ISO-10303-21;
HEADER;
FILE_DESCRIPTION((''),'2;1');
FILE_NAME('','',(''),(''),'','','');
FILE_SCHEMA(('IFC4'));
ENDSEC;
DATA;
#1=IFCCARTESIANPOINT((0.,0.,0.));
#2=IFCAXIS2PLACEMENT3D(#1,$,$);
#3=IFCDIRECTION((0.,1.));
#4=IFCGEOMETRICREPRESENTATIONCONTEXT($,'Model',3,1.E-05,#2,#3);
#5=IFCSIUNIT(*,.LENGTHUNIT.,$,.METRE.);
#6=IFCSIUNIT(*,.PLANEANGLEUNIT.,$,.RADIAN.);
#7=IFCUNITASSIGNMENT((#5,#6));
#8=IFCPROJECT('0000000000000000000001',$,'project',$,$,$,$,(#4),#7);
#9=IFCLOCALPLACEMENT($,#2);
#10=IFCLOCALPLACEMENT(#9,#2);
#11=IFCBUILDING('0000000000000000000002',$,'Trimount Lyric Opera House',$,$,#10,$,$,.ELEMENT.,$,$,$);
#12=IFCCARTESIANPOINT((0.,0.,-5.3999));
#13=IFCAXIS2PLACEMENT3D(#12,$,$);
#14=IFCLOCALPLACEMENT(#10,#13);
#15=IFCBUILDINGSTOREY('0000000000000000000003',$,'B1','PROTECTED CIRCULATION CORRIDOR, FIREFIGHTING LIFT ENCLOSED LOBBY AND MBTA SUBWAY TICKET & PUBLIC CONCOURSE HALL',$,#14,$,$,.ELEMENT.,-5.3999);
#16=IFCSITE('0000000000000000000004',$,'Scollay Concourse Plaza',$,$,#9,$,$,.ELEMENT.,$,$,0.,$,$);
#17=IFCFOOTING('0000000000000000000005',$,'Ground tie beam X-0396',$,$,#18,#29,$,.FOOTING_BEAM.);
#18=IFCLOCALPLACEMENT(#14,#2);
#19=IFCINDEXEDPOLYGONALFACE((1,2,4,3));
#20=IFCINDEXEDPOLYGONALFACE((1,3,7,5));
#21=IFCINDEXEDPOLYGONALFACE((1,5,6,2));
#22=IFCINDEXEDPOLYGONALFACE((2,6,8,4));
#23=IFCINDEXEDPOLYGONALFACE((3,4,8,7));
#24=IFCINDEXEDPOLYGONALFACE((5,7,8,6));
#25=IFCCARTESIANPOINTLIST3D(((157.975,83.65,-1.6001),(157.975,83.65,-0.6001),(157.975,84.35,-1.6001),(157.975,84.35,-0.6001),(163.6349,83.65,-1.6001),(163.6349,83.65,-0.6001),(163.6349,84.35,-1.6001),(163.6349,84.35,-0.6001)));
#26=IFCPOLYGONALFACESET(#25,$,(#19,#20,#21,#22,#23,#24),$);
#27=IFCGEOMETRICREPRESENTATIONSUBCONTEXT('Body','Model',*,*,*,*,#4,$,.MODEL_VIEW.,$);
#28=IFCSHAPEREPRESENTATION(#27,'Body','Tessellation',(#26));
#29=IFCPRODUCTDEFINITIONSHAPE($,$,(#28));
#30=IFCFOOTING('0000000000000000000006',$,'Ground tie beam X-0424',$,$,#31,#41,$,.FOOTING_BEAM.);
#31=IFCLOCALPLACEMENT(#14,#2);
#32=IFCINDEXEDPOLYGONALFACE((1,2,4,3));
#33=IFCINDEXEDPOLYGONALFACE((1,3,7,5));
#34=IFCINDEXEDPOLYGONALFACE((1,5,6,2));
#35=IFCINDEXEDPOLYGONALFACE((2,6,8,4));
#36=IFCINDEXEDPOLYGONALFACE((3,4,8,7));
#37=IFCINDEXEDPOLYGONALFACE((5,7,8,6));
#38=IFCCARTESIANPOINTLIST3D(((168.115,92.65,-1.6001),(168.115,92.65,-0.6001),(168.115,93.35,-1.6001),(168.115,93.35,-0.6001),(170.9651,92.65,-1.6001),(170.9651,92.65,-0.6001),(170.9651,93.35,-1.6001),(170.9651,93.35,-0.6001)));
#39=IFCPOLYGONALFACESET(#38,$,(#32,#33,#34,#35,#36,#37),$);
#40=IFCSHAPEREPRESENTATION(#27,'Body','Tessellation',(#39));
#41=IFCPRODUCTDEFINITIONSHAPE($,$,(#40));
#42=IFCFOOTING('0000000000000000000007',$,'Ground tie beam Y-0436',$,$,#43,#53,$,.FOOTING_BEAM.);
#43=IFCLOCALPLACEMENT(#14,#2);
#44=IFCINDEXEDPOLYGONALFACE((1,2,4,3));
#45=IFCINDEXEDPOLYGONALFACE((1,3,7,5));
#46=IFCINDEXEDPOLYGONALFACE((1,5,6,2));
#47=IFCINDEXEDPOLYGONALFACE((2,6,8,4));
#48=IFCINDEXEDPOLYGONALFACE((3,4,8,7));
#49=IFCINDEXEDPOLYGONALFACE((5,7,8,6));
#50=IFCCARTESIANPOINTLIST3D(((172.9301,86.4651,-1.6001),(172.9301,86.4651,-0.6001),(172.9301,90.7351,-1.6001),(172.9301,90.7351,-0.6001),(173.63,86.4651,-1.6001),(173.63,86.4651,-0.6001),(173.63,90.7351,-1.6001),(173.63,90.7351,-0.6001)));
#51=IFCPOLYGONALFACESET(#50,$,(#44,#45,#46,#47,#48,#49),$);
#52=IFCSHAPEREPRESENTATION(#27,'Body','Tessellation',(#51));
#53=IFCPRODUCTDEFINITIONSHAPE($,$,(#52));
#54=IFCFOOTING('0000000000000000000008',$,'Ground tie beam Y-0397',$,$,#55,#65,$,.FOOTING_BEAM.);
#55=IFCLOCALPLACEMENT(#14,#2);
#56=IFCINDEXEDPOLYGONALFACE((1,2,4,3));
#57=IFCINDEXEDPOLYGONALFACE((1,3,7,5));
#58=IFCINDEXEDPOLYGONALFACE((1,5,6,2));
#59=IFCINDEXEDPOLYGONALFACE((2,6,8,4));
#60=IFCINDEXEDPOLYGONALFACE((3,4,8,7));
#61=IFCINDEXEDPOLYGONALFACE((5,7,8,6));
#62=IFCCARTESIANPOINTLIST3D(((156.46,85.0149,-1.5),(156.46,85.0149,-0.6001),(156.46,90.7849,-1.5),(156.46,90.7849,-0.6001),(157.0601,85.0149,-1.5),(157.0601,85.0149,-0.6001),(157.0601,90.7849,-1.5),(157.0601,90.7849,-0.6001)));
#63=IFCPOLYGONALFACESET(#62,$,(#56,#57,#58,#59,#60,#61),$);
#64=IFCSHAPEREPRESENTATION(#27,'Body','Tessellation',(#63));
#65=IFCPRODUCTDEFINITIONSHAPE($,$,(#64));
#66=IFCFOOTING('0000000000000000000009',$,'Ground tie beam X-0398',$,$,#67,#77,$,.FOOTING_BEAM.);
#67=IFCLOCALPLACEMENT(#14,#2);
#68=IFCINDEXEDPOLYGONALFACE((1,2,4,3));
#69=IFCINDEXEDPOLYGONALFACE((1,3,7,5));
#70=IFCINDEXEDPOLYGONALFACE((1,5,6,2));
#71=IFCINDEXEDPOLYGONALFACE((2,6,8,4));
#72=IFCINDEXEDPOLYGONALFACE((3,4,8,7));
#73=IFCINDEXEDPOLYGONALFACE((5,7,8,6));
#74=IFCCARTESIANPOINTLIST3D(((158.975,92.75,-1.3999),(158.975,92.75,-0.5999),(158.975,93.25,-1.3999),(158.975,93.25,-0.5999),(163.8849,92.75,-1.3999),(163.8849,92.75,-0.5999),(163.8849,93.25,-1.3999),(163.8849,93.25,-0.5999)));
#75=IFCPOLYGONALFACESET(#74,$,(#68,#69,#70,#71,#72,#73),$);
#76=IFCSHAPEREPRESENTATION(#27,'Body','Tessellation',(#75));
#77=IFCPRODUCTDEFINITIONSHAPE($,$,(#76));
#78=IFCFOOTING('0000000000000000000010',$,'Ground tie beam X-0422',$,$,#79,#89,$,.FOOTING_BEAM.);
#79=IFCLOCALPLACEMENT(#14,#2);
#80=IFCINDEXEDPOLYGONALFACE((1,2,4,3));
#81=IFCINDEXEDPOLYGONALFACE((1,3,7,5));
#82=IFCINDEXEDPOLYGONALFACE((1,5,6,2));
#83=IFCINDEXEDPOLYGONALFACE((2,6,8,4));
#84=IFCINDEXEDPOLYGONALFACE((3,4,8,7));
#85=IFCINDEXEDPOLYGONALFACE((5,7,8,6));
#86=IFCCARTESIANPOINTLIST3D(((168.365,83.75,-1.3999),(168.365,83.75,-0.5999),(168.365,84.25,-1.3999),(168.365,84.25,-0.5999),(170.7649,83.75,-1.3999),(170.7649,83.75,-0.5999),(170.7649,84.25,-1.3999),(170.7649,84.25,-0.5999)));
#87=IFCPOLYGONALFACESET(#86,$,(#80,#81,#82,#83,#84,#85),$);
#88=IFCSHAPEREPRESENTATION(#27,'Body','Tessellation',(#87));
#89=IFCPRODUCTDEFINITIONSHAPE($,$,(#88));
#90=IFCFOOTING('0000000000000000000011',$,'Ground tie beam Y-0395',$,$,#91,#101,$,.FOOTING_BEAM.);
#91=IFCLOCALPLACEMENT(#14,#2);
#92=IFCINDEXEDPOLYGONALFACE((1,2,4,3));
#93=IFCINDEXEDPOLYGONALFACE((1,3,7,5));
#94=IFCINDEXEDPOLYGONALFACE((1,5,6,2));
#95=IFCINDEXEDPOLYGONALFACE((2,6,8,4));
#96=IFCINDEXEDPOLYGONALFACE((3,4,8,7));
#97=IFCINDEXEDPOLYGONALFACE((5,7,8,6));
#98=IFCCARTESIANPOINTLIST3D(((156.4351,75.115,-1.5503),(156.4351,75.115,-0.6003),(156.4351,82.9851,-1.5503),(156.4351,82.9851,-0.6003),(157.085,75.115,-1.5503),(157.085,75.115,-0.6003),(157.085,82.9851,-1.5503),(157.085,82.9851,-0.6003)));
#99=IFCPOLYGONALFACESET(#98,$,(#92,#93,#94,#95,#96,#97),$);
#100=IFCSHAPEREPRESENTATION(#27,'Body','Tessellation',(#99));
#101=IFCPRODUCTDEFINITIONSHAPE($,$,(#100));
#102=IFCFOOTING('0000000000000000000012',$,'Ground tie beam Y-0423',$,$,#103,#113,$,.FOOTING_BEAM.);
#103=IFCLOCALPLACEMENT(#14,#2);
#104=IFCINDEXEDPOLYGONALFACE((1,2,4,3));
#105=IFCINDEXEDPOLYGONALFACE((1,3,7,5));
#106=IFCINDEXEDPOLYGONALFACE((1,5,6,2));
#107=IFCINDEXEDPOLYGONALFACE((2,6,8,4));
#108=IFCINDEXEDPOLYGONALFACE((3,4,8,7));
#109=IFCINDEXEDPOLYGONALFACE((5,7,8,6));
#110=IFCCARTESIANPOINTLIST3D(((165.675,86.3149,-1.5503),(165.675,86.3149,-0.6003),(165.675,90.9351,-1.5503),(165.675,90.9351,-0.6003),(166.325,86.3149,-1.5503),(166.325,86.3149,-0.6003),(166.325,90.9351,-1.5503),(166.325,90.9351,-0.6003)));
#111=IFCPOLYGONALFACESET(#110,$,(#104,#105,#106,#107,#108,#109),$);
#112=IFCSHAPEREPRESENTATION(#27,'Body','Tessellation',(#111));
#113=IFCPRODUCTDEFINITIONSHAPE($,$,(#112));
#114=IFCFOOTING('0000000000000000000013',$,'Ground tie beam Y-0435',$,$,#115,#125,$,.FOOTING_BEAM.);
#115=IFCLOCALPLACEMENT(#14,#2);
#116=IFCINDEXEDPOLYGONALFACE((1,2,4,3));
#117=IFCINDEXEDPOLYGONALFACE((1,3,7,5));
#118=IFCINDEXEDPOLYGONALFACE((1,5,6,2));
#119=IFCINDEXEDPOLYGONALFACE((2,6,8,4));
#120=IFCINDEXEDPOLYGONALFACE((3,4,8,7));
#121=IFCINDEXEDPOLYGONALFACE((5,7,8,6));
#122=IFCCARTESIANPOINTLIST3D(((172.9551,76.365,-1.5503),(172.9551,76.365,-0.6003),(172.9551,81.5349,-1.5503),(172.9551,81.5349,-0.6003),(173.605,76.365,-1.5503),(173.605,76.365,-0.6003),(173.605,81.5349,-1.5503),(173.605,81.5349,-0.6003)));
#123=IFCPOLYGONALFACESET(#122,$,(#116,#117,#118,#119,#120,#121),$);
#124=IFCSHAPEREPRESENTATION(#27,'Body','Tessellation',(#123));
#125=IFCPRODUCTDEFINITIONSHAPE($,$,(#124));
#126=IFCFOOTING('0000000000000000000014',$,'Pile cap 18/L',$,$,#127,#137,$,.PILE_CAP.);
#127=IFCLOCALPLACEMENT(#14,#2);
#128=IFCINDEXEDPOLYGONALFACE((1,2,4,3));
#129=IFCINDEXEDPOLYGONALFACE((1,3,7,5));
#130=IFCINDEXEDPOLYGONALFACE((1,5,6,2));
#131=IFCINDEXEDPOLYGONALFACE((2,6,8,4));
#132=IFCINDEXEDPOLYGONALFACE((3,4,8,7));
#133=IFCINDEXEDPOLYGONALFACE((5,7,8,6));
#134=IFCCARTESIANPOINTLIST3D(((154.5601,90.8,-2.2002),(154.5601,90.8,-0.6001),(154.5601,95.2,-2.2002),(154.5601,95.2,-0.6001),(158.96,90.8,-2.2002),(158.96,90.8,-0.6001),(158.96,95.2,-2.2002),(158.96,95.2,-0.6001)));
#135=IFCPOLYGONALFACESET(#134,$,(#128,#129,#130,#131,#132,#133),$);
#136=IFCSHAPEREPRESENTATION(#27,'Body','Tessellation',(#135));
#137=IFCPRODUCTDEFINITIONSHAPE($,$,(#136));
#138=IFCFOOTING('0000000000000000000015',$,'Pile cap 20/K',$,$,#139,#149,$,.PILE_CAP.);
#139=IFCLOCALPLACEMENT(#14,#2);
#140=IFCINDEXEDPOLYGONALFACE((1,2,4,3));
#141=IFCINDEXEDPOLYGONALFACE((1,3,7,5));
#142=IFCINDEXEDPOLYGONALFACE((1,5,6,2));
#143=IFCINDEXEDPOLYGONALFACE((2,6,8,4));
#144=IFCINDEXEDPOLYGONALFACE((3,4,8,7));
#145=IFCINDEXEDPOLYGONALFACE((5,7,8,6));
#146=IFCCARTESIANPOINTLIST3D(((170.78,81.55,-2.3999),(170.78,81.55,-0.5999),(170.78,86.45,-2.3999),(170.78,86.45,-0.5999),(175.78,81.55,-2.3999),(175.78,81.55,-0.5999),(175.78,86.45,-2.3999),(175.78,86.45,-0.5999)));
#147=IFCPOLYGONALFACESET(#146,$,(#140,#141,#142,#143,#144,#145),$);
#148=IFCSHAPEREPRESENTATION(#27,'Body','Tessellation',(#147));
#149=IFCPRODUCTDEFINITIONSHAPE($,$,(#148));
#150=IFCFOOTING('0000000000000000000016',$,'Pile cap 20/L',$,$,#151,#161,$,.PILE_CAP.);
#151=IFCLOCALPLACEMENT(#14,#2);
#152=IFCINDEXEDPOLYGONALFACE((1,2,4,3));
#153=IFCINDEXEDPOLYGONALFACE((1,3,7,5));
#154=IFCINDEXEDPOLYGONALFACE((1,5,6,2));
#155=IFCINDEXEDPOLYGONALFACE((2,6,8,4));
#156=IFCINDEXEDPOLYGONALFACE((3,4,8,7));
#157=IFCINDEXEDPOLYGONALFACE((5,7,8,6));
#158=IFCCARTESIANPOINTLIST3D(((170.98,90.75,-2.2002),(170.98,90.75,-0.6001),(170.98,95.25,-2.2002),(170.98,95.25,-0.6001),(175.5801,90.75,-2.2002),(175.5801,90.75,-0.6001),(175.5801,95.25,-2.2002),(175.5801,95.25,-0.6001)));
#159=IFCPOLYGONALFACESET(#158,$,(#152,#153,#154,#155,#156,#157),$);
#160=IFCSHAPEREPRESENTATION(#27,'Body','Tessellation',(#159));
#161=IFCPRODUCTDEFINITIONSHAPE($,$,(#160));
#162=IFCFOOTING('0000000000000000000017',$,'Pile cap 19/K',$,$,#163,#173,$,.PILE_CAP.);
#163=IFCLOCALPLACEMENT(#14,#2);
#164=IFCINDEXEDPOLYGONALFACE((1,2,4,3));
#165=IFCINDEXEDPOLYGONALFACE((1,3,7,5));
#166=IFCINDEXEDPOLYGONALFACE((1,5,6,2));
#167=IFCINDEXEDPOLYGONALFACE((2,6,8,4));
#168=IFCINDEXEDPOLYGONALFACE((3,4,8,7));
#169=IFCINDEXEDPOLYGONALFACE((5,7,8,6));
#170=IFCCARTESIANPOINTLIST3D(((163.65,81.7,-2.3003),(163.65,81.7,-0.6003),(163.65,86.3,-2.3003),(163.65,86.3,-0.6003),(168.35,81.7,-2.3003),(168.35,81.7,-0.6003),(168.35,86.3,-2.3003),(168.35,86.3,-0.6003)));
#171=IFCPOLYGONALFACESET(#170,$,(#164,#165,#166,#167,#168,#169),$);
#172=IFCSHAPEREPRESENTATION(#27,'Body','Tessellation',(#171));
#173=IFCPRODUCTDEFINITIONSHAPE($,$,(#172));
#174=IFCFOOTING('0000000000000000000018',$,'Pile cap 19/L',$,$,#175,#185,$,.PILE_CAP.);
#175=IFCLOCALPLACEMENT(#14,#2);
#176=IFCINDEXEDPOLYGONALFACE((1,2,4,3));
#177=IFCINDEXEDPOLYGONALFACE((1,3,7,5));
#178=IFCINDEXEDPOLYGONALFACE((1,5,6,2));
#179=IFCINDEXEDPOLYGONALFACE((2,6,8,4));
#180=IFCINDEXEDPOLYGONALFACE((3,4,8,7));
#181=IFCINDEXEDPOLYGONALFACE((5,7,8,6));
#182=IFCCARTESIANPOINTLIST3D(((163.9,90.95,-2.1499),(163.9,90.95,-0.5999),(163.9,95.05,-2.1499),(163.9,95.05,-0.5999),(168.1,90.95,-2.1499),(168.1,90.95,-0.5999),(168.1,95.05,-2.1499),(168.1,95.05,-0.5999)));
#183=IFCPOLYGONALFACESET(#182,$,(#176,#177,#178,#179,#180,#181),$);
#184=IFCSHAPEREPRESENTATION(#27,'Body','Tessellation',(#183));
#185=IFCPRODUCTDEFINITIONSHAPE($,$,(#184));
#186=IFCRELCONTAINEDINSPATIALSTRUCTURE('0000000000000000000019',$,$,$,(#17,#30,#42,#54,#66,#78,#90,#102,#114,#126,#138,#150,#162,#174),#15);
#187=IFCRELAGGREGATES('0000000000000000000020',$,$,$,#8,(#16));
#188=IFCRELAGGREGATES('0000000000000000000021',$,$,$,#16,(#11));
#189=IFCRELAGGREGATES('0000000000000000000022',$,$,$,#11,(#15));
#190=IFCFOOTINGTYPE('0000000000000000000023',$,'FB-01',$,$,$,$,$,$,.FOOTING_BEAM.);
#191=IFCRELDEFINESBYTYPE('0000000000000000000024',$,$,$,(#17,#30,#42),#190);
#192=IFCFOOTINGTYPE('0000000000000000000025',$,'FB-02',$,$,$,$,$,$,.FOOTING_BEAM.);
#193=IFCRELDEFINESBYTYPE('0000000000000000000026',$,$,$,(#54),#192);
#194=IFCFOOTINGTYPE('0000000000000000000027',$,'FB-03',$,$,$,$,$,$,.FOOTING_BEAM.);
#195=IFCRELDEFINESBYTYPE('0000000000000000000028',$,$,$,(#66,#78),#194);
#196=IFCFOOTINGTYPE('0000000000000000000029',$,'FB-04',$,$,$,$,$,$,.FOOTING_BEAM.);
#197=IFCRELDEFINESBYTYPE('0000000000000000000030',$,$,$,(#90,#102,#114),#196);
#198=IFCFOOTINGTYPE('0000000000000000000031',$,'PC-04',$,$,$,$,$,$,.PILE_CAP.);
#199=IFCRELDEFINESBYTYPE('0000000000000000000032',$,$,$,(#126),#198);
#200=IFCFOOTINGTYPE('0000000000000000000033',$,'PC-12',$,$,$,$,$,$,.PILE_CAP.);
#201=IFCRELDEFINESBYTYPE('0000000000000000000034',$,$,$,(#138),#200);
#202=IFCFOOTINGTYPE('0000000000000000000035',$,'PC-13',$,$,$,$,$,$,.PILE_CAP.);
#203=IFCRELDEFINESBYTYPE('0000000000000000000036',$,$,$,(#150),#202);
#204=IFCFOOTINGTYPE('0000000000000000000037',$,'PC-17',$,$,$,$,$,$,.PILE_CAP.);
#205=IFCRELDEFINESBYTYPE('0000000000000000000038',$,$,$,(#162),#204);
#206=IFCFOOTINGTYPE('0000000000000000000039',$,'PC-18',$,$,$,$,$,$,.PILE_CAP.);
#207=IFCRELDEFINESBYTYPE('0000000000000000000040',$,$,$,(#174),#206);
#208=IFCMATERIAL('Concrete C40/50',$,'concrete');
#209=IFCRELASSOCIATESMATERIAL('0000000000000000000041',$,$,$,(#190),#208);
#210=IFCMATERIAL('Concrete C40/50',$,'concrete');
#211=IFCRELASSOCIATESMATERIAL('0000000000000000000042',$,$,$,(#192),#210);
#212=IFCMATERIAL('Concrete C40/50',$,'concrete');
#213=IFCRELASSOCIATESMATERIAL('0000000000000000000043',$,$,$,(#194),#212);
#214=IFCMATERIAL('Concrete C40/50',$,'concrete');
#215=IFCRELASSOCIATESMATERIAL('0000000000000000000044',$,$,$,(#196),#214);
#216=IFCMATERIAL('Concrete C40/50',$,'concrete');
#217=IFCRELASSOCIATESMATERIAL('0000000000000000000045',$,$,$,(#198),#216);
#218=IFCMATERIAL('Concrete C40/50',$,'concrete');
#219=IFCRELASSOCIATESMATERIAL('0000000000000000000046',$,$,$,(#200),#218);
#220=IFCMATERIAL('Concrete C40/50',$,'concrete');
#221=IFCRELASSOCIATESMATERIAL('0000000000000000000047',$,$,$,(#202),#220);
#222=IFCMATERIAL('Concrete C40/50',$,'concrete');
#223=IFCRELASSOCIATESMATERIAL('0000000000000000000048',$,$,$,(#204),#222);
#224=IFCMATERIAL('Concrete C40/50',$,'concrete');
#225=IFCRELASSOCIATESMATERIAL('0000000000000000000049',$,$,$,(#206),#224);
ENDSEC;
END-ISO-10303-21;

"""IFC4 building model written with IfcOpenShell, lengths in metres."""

from ifc_helpers import new_model, si_unit, direction, frame, origin, origin_2d, place, context, subcontext, project, spatial, rectangle, extrude, material, type_object, element, save


model = new_model("IFC4")

# Units and contexts
model_context = context("Model", 3, precision=1e-05, world=origin(), true_north=direction((0.0, 1.0)))
body_context = subcontext(model_context, "Body", "Model", "MODEL_VIEW")
ifc_project = project(units=[si_unit("LENGTHUNIT", "METRE"), si_unit("PLANEANGLEUNIT", "RADIAN")], contexts=[model_context])

# Site, building, storey
site_placement = place(None, origin())
site = spatial("IfcSite", under=ifc_project, at=site_placement, Name="Scollay Concourse Plaza", CompositionType="ELEMENT", RefElevation=0.0)
building_placement = place(site_placement, origin())
building = spatial("IfcBuilding", under=site, at=building_placement, Name="Trimount Lyric Opera House", CompositionType="ELEMENT")
storey_placement = place(building_placement, frame((0.0, 0.0, -5.3999)))
storey = spatial("IfcBuildingStorey", under=building, at=storey_placement, Name="B1", Description="PROTECTED CIRCULATION CORRIDOR, FIREFIGHTING LIFT ENCLOSED LOBBY AND MBTA SUBWAY TICKET & PUBLIC CONCOURSE HALL", CompositionType="ELEMENT", Elevation=-5.3999)

# Footings
ifc_material_1 = material(Name="Concrete C40/50", Category="concrete")
footing_type_1 = type_object("IfcFootingType", Name="FB-01", PredefinedType="FOOTING_BEAM", material=ifc_material_1)
footing_1_placement = place(storey_placement, frame((160.8049, 84.0, -1.6001), z_axis=(0.0, 0.0, 1.0), x_axis=(1.0, 0.0, 0.0)))
element("IfcFooting", 1, at=footing_1_placement, inside=storey, type_object=footing_type_1, Name="Ground tie beam X-0396", PredefinedType="FOOTING_BEAM", context=body_context, shape_type="SweptSolid", body=[
    extrude(rectangle(XDim=5.6599, YDim=0.7, at=origin_2d()), origin(), (0.0, 0.0, 1.0), 1.0),
])
footing_2_placement = place(storey_placement, frame((169.54, 93.0, -1.6001), z_axis=(0.0, 0.0, 1.0), x_axis=(1.0, 0.0, 0.0)))
element("IfcFooting", 2, at=footing_2_placement, inside=storey, type_object=footing_type_1, Name="Ground tie beam X-0424", PredefinedType="FOOTING_BEAM", context=body_context, shape_type="SweptSolid", body=[
    extrude(rectangle(XDim=2.8501, YDim=0.7, at=origin_2d()), origin(), (0.0, 0.0, 1.0), 1.0),
])
footing_3_placement = place(storey_placement, frame((173.28, 88.6001, -1.6001), z_axis=(0.0, 0.0, 1.0), x_axis=(1.0, 0.0, 0.0)))
element("IfcFooting", 3, at=footing_3_placement, inside=storey, type_object=footing_type_1, Name="Ground tie beam Y-0436", PredefinedType="FOOTING_BEAM", context=body_context, shape_type="SweptSolid", body=[
    extrude(rectangle(XDim=0.7, YDim=4.27, at=origin_2d()), origin(), (0.0, 0.0, 1.0), 1.0),
])
ifc_material_2 = material(Name="Concrete C40/50", Category="concrete")
footing_type_2 = type_object("IfcFootingType", Name="FB-02", PredefinedType="FOOTING_BEAM", material=ifc_material_2)
footing_4_placement = place(storey_placement, frame((156.76, 87.8999, -1.5), z_axis=(0.0, 0.0, 1.0), x_axis=(1.0, 0.0, 0.0)))
element("IfcFooting", 4, at=footing_4_placement, inside=storey, type_object=footing_type_2, Name="Ground tie beam Y-0397", PredefinedType="FOOTING_BEAM", context=body_context, shape_type="SweptSolid", body=[
    extrude(rectangle(XDim=0.6001, YDim=5.77, at=origin_2d()), origin(), (0.0, 0.0, 1.0), 0.8999),
])
ifc_material_3 = material(Name="Concrete C40/50", Category="concrete")
footing_type_3 = type_object("IfcFootingType", Name="FB-03", PredefinedType="FOOTING_BEAM", material=ifc_material_3)
footing_5_placement = place(storey_placement, frame((161.4299, 93.0, -1.3999), z_axis=(0.0, 0.0, 1.0), x_axis=(1.0, 0.0, 0.0)))
element("IfcFooting", 5, at=footing_5_placement, inside=storey, type_object=footing_type_3, Name="Ground tie beam X-0398", PredefinedType="FOOTING_BEAM", context=body_context, shape_type="SweptSolid", body=[
    extrude(rectangle(XDim=4.9099, YDim=0.5, at=origin_2d()), origin(), (0.0, 0.0, 1.0), 0.8),
])
footing_6_placement = place(storey_placement, frame((169.5649, 84.0, -1.3999), z_axis=(0.0, 0.0, 1.0), x_axis=(1.0, 0.0, 0.0)))
element("IfcFooting", 6, at=footing_6_placement, inside=storey, type_object=footing_type_3, Name="Ground tie beam X-0422", PredefinedType="FOOTING_BEAM", context=body_context, shape_type="SweptSolid", body=[
    extrude(rectangle(XDim=2.3999, YDim=0.5, at=origin_2d()), origin(), (0.0, 0.0, 1.0), 0.8),
])
ifc_material_4 = material(Name="Concrete C40/50", Category="concrete")
footing_type_4 = type_object("IfcFootingType", Name="FB-04", PredefinedType="FOOTING_BEAM", material=ifc_material_4)
footing_7_placement = place(storey_placement, frame((156.76, 79.05, -1.5503), z_axis=(0.0, 0.0, 1.0), x_axis=(1.0, 0.0, 0.0)))
element("IfcFooting", 7, at=footing_7_placement, inside=storey, type_object=footing_type_4, Name="Ground tie beam Y-0395", PredefinedType="FOOTING_BEAM", context=body_context, shape_type="SweptSolid", body=[
    extrude(rectangle(XDim=0.6499, YDim=7.8701, at=origin_2d()), origin(), (0.0, 0.0, 1.0), 0.95),
])
footing_8_placement = place(storey_placement, frame((166.0, 88.625, -1.5503), z_axis=(0.0, 0.0, 1.0), x_axis=(1.0, 0.0, 0.0)))
element("IfcFooting", 8, at=footing_8_placement, inside=storey, type_object=footing_type_4, Name="Ground tie beam Y-0423", PredefinedType="FOOTING_BEAM", context=body_context, shape_type="SweptSolid", body=[
    extrude(rectangle(XDim=0.6499, YDim=4.6201, at=origin_2d()), origin(), (0.0, 0.0, 1.0), 0.95),
])
footing_9_placement = place(storey_placement, frame((173.28, 78.95, -1.5503), z_axis=(0.0, 0.0, 1.0), x_axis=(1.0, 0.0, 0.0)))
element("IfcFooting", 9, at=footing_9_placement, inside=storey, type_object=footing_type_4, Name="Ground tie beam Y-0435", PredefinedType="FOOTING_BEAM", context=body_context, shape_type="SweptSolid", body=[
    extrude(rectangle(XDim=0.6499, YDim=5.1699, at=origin_2d()), origin(), (0.0, 0.0, 1.0), 0.95),
])
ifc_material_5 = material(Name="Concrete C40/50", Category="concrete")
footing_type_5 = type_object("IfcFootingType", Name="PC-04", PredefinedType="PILE_CAP", material=ifc_material_5)
footing_10_placement = place(storey_placement, frame((156.76, 93.0, -2.2002), z_axis=(0.0, 0.0, 1.0), x_axis=(1.0, 0.0, 0.0)))
element("IfcFooting", 10, at=footing_10_placement, inside=storey, type_object=footing_type_5, Name="Pile cap 18/L", PredefinedType="PILE_CAP", context=body_context, shape_type="SweptSolid", body=[
    extrude(rectangle(XDim=4.3999, YDim=4.3999, at=origin_2d()), origin(), (0.0, 0.0, 1.0), 1.6001),
])
ifc_material_6 = material(Name="Concrete C40/50", Category="concrete")
footing_type_6 = type_object("IfcFootingType", Name="PC-12", PredefinedType="PILE_CAP", material=ifc_material_6)
footing_11_placement = place(storey_placement, frame((173.28, 84.0, -2.3999), z_axis=(0.0, 0.0, 1.0), x_axis=(1.0, 0.0, 0.0)))
element("IfcFooting", 11, at=footing_11_placement, inside=storey, type_object=footing_type_6, Name="Pile cap 20/K", PredefinedType="PILE_CAP", context=body_context, shape_type="SweptSolid", body=[
    extrude(rectangle(XDim=5.0, YDim=4.8999, at=origin_2d()), origin(), (0.0, 0.0, 1.0), 1.8),
])
ifc_material_7 = material(Name="Concrete C40/50", Category="concrete")
footing_type_7 = type_object("IfcFootingType", Name="PC-13", PredefinedType="PILE_CAP", material=ifc_material_7)
footing_12_placement = place(storey_placement, frame((173.28, 93.0, -2.2002), z_axis=(0.0, 0.0, 1.0), x_axis=(1.0, 0.0, 0.0)))
element("IfcFooting", 12, at=footing_12_placement, inside=storey, type_object=footing_type_7, Name="Pile cap 20/L", PredefinedType="PILE_CAP", context=body_context, shape_type="SweptSolid", body=[
    extrude(rectangle(XDim=4.6001, YDim=4.5, at=origin_2d()), origin(), (0.0, 0.0, 1.0), 1.6001),
])
ifc_material_8 = material(Name="Concrete C40/50", Category="concrete")
footing_type_8 = type_object("IfcFootingType", Name="PC-17", PredefinedType="PILE_CAP", material=ifc_material_8)
footing_13_placement = place(storey_placement, frame((166.0, 84.0, -2.3003), z_axis=(0.0, 0.0, 1.0), x_axis=(1.0, 0.0, 0.0)))
element("IfcFooting", 13, at=footing_13_placement, inside=storey, type_object=footing_type_8, Name="Pile cap 19/K", PredefinedType="PILE_CAP", context=body_context, shape_type="SweptSolid", body=[
    extrude(rectangle(XDim=4.7, YDim=4.6001, at=origin_2d()), origin(), (0.0, 0.0, 1.0), 1.7),
])
ifc_material_9 = material(Name="Concrete C40/50", Category="concrete")
footing_type_9 = type_object("IfcFootingType", Name="PC-18", PredefinedType="PILE_CAP", material=ifc_material_9)
footing_14_placement = place(storey_placement, frame((166.0, 93.0, -2.1499), z_axis=(0.0, 0.0, 1.0), x_axis=(1.0, 0.0, 0.0)))
element("IfcFooting", 14, at=footing_14_placement, inside=storey, type_object=footing_type_9, Name="Pile cap 19/L", PredefinedType="PILE_CAP", context=body_context, shape_type="SweptSolid", body=[
    extrude(rectangle(XDim=4.2, YDim=4.1001, at=origin_2d()), origin(), (0.0, 0.0, 1.0), 1.55),
])

save(model, "model.ifc")
